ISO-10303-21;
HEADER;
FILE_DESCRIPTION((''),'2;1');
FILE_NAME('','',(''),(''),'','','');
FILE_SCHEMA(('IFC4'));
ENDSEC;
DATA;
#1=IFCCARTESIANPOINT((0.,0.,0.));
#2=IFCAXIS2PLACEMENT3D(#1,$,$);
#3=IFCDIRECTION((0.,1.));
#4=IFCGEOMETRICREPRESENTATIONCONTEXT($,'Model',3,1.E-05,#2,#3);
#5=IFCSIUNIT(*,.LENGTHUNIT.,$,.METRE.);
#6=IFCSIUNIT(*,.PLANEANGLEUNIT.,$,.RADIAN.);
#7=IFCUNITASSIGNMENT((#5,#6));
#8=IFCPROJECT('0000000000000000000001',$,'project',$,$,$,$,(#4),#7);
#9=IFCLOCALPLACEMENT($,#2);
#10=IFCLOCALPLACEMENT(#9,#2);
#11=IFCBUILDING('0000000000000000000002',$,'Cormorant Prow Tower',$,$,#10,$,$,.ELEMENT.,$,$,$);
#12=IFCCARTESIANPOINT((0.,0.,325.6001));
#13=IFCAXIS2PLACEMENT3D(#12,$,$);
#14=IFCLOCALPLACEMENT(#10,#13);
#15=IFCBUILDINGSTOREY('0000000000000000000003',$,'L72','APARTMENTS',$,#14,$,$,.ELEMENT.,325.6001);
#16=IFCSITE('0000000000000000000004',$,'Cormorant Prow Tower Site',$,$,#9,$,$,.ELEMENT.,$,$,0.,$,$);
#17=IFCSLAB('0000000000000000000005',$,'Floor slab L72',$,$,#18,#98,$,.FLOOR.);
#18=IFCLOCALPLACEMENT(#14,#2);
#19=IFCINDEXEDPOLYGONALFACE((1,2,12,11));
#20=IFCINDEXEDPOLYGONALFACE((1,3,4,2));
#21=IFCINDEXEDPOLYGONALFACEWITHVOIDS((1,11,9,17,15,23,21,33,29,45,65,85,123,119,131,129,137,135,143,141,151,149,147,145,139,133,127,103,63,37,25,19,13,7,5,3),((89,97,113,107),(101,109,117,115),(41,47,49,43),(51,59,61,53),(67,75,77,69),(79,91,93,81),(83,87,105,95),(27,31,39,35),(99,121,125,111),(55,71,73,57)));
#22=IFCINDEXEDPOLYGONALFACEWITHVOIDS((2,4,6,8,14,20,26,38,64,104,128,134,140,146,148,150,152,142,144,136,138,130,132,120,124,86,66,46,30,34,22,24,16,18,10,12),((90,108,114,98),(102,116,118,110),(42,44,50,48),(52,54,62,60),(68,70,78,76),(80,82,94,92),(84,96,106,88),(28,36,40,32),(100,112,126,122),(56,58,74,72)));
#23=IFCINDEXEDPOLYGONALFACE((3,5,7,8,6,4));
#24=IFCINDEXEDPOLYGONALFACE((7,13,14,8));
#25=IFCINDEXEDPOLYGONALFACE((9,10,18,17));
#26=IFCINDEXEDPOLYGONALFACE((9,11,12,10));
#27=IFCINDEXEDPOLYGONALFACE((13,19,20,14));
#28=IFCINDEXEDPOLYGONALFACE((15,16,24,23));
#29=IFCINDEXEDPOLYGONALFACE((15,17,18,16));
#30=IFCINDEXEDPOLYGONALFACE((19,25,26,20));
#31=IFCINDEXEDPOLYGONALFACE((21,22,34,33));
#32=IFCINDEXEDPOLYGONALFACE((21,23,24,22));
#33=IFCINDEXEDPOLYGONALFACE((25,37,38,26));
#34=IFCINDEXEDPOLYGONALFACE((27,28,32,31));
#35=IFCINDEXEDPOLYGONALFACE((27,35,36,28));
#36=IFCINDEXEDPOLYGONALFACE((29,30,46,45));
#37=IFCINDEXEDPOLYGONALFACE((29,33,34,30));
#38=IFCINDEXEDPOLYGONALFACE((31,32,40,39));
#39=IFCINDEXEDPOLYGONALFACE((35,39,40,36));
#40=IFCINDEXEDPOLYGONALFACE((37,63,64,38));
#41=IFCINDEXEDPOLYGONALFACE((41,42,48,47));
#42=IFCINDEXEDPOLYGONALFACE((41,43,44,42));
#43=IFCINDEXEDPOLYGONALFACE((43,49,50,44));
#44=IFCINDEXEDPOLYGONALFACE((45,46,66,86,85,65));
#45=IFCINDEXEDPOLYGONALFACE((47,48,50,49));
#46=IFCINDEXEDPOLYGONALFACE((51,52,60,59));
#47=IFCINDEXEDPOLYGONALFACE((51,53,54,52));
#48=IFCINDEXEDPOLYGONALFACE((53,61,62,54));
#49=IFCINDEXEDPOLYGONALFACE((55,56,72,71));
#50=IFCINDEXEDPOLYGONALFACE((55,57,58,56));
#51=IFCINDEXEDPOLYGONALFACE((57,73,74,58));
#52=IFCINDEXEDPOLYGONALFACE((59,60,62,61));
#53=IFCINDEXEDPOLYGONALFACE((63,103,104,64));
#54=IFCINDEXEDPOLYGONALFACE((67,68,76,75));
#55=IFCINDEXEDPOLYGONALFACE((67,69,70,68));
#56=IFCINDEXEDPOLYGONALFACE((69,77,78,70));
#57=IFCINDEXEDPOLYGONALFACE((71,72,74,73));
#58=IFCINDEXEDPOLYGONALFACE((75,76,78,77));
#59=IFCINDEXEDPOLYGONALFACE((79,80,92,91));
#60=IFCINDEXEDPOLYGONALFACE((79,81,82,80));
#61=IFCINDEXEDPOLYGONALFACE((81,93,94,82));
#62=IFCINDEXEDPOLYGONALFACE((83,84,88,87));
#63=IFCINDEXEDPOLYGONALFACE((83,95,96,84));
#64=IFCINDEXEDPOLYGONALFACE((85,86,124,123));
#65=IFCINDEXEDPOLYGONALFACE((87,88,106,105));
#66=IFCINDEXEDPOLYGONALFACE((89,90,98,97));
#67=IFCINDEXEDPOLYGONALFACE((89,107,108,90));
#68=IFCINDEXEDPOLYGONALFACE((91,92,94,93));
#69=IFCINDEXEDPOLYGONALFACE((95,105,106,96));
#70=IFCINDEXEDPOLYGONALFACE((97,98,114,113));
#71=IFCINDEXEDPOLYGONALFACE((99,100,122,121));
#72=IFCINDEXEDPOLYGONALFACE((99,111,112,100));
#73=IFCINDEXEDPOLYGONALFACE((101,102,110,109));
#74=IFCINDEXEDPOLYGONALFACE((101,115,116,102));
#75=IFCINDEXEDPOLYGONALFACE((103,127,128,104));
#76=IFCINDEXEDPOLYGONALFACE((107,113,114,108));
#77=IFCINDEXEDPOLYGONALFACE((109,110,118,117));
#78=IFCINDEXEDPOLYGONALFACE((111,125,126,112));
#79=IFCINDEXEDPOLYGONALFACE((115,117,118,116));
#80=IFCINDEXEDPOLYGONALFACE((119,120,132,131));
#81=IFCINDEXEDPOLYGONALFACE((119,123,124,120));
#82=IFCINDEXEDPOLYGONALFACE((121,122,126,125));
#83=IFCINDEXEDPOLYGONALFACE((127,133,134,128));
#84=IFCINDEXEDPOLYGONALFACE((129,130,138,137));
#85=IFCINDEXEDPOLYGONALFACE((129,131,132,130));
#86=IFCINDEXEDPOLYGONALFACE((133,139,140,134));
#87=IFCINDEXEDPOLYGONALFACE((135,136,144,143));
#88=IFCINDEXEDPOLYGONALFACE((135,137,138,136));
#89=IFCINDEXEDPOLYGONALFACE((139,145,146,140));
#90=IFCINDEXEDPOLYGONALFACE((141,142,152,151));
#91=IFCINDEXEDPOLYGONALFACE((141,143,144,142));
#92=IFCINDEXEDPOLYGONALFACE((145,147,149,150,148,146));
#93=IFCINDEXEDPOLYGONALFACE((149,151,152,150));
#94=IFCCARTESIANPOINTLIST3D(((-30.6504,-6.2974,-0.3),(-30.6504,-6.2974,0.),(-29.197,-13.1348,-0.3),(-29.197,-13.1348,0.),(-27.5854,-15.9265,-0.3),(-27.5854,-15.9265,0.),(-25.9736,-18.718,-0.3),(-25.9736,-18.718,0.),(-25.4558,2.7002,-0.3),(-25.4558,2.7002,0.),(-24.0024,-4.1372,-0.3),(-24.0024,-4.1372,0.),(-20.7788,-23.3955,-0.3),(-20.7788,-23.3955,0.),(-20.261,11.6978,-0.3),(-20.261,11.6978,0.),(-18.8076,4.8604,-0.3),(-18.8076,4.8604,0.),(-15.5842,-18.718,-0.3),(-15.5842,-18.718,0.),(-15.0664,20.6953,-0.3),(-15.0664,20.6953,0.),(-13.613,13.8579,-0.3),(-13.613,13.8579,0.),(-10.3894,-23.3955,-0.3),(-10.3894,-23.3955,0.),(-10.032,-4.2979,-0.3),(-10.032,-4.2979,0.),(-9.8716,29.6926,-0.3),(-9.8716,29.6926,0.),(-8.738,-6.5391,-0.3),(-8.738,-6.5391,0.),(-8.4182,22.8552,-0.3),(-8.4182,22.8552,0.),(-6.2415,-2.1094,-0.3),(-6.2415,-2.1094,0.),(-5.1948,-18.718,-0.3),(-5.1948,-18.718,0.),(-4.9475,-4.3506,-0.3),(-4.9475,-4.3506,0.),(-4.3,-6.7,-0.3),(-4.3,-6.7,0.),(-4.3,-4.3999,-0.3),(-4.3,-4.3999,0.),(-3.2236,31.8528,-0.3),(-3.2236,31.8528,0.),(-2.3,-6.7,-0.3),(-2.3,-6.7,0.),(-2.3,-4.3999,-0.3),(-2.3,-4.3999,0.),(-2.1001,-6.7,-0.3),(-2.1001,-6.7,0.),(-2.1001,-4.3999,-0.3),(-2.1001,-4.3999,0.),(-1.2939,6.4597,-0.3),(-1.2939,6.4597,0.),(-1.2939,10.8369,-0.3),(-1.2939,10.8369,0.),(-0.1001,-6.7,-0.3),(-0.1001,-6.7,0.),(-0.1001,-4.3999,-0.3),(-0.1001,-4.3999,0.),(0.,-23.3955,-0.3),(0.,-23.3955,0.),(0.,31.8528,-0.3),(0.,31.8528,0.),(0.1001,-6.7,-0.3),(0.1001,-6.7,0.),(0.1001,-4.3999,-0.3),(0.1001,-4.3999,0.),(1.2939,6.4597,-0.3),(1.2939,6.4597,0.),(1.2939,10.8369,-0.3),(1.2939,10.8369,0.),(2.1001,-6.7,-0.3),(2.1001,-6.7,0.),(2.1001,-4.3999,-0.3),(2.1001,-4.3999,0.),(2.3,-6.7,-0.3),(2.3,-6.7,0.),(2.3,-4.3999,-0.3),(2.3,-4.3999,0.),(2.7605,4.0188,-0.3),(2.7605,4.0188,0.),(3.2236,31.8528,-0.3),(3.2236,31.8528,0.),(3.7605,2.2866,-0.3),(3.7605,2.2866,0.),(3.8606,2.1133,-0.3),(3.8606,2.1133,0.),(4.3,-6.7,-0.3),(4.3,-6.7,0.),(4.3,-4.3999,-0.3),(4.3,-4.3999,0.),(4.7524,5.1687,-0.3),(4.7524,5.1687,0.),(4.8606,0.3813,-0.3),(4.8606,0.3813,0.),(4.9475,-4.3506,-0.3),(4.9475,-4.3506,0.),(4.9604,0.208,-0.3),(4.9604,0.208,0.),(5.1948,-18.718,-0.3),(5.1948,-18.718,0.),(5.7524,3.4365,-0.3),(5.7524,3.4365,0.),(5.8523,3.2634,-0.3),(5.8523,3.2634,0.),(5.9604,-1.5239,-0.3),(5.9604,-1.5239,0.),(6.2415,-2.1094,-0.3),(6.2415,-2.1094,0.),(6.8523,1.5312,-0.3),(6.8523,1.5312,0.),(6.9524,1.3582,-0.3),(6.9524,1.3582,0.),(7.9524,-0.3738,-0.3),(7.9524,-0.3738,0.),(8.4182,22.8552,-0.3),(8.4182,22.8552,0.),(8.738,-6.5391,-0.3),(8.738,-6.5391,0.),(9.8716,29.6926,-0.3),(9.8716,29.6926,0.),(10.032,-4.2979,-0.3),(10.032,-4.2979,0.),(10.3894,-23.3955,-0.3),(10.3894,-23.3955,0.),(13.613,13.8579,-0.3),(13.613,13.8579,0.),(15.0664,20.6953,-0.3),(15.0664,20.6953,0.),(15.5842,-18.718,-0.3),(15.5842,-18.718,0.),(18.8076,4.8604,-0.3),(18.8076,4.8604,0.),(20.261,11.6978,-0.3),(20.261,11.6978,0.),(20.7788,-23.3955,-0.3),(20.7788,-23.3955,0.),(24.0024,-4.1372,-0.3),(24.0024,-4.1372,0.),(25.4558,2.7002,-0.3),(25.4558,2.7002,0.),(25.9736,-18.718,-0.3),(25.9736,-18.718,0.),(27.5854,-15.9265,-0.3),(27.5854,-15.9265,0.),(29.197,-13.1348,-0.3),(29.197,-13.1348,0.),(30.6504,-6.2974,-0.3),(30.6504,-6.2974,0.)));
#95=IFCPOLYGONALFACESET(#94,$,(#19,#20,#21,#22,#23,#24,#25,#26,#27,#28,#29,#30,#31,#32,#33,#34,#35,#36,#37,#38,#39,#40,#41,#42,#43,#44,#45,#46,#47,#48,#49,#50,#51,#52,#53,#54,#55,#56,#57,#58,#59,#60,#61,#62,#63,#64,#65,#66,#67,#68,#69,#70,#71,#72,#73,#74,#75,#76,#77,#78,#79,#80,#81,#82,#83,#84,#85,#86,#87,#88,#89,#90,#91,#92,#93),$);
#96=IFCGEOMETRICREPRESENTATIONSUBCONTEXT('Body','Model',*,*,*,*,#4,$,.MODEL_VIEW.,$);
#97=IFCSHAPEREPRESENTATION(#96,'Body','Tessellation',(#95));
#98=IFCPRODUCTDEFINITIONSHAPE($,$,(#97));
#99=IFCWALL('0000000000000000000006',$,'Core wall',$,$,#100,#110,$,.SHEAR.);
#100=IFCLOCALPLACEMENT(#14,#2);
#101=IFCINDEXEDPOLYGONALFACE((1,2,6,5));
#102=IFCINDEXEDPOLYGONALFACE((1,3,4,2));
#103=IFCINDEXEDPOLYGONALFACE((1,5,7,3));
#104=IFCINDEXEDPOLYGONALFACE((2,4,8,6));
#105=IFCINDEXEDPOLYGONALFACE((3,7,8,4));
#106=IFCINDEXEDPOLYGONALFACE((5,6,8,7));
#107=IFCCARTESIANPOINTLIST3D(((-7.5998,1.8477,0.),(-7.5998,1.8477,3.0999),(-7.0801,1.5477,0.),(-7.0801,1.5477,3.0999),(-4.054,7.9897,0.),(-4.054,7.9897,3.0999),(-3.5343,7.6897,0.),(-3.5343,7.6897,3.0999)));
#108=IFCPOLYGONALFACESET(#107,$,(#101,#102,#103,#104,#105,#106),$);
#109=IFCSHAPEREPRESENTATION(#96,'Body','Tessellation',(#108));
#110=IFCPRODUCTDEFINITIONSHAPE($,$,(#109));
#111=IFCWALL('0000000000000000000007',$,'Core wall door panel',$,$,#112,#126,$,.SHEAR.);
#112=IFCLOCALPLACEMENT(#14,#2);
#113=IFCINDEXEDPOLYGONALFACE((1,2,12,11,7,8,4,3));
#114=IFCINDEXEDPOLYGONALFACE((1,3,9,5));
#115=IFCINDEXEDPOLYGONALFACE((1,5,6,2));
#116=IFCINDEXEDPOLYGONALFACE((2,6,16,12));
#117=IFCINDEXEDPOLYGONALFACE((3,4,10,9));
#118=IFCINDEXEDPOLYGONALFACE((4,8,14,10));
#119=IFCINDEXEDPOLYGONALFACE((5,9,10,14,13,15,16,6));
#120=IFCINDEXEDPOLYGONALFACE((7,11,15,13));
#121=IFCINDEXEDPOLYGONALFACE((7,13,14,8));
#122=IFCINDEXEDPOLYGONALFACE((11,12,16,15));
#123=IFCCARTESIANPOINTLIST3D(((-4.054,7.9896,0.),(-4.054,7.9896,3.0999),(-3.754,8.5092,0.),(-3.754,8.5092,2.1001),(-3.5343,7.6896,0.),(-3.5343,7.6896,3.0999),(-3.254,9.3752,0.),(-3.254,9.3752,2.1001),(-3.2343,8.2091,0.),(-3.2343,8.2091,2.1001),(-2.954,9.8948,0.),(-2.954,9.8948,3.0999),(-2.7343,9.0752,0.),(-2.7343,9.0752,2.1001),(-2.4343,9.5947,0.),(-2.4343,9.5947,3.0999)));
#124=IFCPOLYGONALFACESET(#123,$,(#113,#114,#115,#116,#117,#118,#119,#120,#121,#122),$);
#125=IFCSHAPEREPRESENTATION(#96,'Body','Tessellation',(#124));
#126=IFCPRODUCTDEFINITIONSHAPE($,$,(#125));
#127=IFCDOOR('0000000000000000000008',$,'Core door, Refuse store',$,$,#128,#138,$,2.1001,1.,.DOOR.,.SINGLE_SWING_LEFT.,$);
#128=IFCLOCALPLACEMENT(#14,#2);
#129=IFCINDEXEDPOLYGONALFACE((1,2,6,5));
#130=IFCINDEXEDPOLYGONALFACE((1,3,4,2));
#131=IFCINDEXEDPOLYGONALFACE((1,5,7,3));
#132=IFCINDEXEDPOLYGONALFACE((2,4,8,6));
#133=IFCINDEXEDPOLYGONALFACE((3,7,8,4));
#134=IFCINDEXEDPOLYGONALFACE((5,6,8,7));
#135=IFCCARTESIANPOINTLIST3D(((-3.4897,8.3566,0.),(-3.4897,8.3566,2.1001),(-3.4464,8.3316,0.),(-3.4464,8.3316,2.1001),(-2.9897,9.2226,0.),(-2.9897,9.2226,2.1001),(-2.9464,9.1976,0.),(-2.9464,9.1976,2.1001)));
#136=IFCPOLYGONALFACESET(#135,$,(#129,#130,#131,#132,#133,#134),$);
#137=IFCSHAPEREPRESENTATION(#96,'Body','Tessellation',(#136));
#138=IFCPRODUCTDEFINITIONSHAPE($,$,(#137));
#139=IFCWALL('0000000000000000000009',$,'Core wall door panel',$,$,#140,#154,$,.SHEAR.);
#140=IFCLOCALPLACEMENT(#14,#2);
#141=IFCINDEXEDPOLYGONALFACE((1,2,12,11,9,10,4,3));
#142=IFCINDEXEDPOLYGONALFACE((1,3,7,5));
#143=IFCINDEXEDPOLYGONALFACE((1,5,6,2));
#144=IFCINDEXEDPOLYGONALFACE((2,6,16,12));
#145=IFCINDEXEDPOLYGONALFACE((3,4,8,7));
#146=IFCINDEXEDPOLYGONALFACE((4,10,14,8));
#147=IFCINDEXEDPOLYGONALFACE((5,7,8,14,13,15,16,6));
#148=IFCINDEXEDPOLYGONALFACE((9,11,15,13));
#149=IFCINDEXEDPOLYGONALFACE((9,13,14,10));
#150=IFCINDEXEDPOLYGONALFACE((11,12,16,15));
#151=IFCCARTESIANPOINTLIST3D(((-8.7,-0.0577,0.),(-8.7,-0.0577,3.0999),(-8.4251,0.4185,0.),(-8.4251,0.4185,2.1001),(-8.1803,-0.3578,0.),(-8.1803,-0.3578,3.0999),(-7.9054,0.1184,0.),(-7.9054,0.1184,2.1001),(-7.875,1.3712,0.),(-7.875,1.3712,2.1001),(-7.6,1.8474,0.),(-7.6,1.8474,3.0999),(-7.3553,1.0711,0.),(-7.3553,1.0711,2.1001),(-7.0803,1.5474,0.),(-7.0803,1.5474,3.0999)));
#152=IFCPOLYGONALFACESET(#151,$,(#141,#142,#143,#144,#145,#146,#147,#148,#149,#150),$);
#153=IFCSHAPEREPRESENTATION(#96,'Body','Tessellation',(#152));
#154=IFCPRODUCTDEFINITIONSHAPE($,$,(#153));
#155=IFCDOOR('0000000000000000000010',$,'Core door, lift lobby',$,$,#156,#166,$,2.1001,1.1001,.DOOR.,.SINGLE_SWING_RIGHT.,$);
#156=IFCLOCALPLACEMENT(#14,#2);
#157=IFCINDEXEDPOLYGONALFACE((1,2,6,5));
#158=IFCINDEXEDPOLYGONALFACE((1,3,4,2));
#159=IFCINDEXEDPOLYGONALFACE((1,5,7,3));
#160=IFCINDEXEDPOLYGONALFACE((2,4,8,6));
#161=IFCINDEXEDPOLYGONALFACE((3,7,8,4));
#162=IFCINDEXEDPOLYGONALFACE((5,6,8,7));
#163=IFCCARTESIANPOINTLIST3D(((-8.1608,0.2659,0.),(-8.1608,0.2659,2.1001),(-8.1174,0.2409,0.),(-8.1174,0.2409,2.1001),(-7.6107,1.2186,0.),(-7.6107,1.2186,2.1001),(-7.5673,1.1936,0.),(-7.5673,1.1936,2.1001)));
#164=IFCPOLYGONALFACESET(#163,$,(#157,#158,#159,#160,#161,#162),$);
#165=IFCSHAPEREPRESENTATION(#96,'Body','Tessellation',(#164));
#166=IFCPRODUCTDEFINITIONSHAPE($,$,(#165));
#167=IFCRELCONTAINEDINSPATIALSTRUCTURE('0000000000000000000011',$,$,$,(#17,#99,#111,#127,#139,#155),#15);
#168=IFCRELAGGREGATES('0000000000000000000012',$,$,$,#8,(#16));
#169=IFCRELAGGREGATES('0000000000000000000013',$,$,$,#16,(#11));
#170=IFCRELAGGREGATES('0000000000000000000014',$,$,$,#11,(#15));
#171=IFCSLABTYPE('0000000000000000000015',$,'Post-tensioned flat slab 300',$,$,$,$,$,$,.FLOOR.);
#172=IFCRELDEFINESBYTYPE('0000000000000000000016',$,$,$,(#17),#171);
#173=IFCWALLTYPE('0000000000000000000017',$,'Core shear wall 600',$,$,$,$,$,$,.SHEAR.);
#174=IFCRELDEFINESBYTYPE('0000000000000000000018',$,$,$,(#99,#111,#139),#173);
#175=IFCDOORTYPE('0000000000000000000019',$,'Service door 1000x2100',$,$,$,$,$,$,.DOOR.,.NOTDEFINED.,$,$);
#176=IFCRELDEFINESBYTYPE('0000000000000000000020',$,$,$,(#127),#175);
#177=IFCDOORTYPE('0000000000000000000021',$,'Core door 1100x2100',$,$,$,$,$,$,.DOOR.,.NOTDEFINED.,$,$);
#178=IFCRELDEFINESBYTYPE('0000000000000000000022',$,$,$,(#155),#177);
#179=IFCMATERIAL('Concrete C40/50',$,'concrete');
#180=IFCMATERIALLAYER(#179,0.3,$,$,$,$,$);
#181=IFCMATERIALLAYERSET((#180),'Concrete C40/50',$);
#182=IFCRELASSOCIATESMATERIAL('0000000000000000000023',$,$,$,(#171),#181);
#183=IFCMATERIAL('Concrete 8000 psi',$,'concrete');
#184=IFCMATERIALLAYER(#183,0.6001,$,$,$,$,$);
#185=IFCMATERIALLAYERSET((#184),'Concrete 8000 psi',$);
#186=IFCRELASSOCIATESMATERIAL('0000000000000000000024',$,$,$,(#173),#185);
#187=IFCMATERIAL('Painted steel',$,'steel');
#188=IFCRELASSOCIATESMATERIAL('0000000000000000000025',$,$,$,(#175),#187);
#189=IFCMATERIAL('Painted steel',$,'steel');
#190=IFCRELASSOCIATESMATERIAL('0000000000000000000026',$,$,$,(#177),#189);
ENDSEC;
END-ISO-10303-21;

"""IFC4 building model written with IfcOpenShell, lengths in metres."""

from ifc_helpers import new_model, si_unit, direction, frame, frame_2d, origin, place, context, subcontext, project, spatial, polyline, rectangle, outline, extrude, material, layer, layer_set, type_object, element, fill, save


model = new_model("IFC4")

# Units and contexts
model_context = context("Model", 3, precision=1e-05, world=origin(), true_north=direction((0.0, 1.0)))
body_context = subcontext(model_context, "Body", "Model", "MODEL_VIEW")
ifc_project = project(units=[si_unit("LENGTHUNIT", "METRE"), si_unit("PLANEANGLEUNIT", "RADIAN")], contexts=[model_context])

# Site, building, storey
site_placement = place(None, origin())
site = spatial("IfcSite", under=ifc_project, at=site_placement, Name="Cormorant Prow Tower Site", CompositionType="ELEMENT", RefElevation=0.0)
building_placement = place(site_placement, origin())
building = spatial("IfcBuilding", under=site, at=building_placement, Name="Cormorant Prow Tower", CompositionType="ELEMENT")
storey_placement = place(building_placement, frame((0.0, 0.0, 325.6001)))
storey = spatial("IfcBuildingStorey", under=building, at=storey_placement, Name="L72", Description="APARTMENTS", CompositionType="ELEMENT", Elevation=325.6001)

# Slab
ifc_material_1 = material(Name="Concrete C40/50", Category="concrete")
ifc_layer_1 = layer(ifc_material_1, 0.3)
ifc_layer_set_1 = layer_set([ifc_layer_1], Name="Concrete C40/50")
slab_type_1 = type_object("IfcSlabType", Name="Post-tensioned flat slab 300", PredefinedType="FLOOR", material=ifc_layer_set_1)
slab_1_placement = place(storey_placement, frame((0.0, 0.0, -0.3)))
element("IfcSlab", 1, at=slab_1_placement, inside=storey, type_object=slab_type_1, Name="Floor slab L72", PredefinedType="FLOOR", context=body_context, shape_type="SweptSolid", body=[
    extrude(outline(polyline([(-8.4182, 22.8552), (-15.0664, 20.6953), (-13.613, 13.8579), (-20.261, 11.6978), (-18.8076, 4.8604), (-25.4558, 2.7002), (-24.0024, -4.1372), (-30.6504, -6.2974), (-29.197, -13.1348), (-27.5854, -15.9265), (-25.9736, -18.718), (-20.7788, -23.3955), (-15.5842, -18.718), (-10.3894, -23.3955), (-5.1948, -18.718), (0.0, -23.3955), (5.1948, -18.718), (10.3894, -23.3955), (15.5842, -18.718), (20.7788, -23.3955), (25.9736, -18.718), (27.5854, -15.9265), (29.197, -13.1348), (30.6504, -6.2974), (24.0024, -4.1372), (25.4558, 2.7002), (18.8076, 4.8604), (20.261, 11.6978), (13.613, 13.8579), (15.0664, 20.6953), (8.4182, 22.8552), (9.8716, 29.6926), (3.2236, 31.8528), (0.0, 31.8528), (-3.2236, 31.8528), (-9.8716, 29.6926), (-8.4182, 22.8552)]), holes=[polyline([(-4.3, -4.3999), (-2.3, -4.3999), (-2.3, -6.7), (-4.3, -6.7), (-4.3, -4.3999)]), polyline([(-0.1001, -4.3999), (-0.1001, -6.7), (-2.1001, -6.7), (-2.1001, -4.3999), (-0.1001, -4.3999)]), polyline([(2.1001, -6.7), (0.1001, -6.7), (0.1001, -4.3999), (2.1001, -4.3999), (2.1001, -6.7)]), polyline([(2.3, -6.7), (2.3, -4.3999), (4.3, -4.3999), (4.3, -6.7), (2.3, -6.7)]), polyline([(5.9604, -1.5239), (4.9604, 0.208), (6.9524, 1.3582), (7.9524, -0.3738), (5.9604, -1.5239)]), polyline([(3.8606, 2.1133), (5.8523, 3.2634), (6.8523, 1.5312), (4.8606, 0.3813), (3.8606, 2.1133)]), polyline([(4.7524, 5.1687), (5.7524, 3.4365), (3.7605, 2.2866), (2.7605, 4.0188), (4.7524, 5.1687)]), polyline([(-4.9475, -4.3506), (-8.738, -6.5391), (-10.032, -4.2979), (-6.2415, -2.1094), (-4.9475, -4.3506)]), polyline([(10.032, -4.2979), (8.738, -6.5391), (4.9475, -4.3506), (6.2415, -2.1094), (10.032, -4.2979)]), polyline([(1.2939, 10.8369), (1.2939, 6.4597), (-1.2939, 6.4597), (-1.2939, 10.8369), (1.2939, 10.8369)])]), origin(), (0.0, 0.0, 1.0), 0.3),
])

# Wall
ifc_material_2 = material(Name="Concrete 8000 psi", Category="concrete")
ifc_layer_2 = layer(ifc_material_2, 0.6001)
ifc_layer_set_2 = layer_set([ifc_layer_2], Name="Concrete 8000 psi")
wall_type_1 = type_object("IfcWallType", Name="Core shear wall 600", PredefinedType="SHEAR", material=ifc_layer_set_2)
wall_1_placement = place(storey_placement, frame((-3.7942, 7.8396, 0.0), z_axis=(0.0, 0.0, 1.0), x_axis=(-0.499975, -0.86604, 0.0)))
element("IfcWall", 2, at=wall_1_placement, inside=storey, type_object=wall_type_1, Name="Core wall", PredefinedType="SHEAR", context=body_context, shape_type="SweptSolid", body=[
    extrude(rectangle(XDim=7.092, YDim=0.6001, at=frame_2d((3.5459, 0.0))), origin(), (0.0, 0.0, 1.0), 3.0999),
])

# Walls, openings, doors
wall_2_placement = place(storey_placement, frame((-2.6941, 9.7449, 0.0), z_axis=(0.0, 0.0, 1.0), x_axis=(-0.50003, -0.866008, 0.0)))
wall_2 = element("IfcWall", 3, at=wall_2_placement, inside=storey, type_object=wall_type_1, Name="Core wall door panel", PredefinedType="SHEAR", context=body_context, shape_type="SweptSolid", body=[
    extrude(rectangle(XDim=2.2, YDim=0.6001, at=frame_2d((1.1001, 0.0))), origin(), (0.0, 0.0, 1.0), 3.0999),
])
opening_1_placement = place(wall_2_placement, frame((0.6001, 0.0, 0.0)))
opening_1 = element("IfcOpeningElement", 4, at=opening_1_placement, cuts=wall_2, PredefinedType="OPENING", context=body_context, shape_type="SweptSolid", body=[
    extrude(rectangle(XDim=1.0, YDim=2.1001, at=frame_2d((0.5, 1.05))), frame((0.0, 0.3101, 0.0), z_axis=(0.0, -1.0, 0.0), x_axis=(1.0, 0.0, 0.0)), (0.0, 0.0, 1.0), 0.6201),
])
ifc_material_3 = material(Name="Painted steel", Category="steel")
door_type_1 = type_object("IfcDoorType", Name="Service door 1000x2100", OperationType="NOTDEFINED", PredefinedType="DOOR", material=ifc_material_3)
door_1_placement = place(opening_1_placement, origin())
door_1 = element("IfcDoor", 5, at=door_1_placement, inside=storey, type_object=door_type_1, Name="Core door, Refuse store", OperationType="SINGLE_SWING_LEFT", OverallHeight=2.1001, OverallWidth=1.0, PredefinedType="DOOR", context=body_context, shape_type="SweptSolid", body=[
    extrude(rectangle(XDim=1.0, YDim=2.1001, at=frame_2d((0.5, 1.05))), frame((0.0, 0.0552, 0.0), z_axis=(0.0, -1.0, 0.0), x_axis=(1.0, 0.0, 0.0)), (0.0, 0.0, 1.0), 0.05),
])
fill(opening_1, door_1)
wall_3_placement = place(storey_placement, frame((-7.3401, 1.6975, 0.0), z_axis=(0.0, 0.0, 1.0), x_axis=(-0.50003, -0.866008, 0.0)))
wall_3 = element("IfcWall", 6, at=wall_3_placement, inside=storey, type_object=wall_type_1, Name="Core wall door panel", PredefinedType="SHEAR", context=body_context, shape_type="SweptSolid", body=[
    extrude(rectangle(XDim=2.2, YDim=0.6001, at=frame_2d((1.1001, 0.0))), origin(), (0.0, 0.0, 1.0), 3.0999),
])
opening_2_placement = place(wall_3_placement, frame((0.55, 0.0, 0.0)))
opening_2 = element("IfcOpeningElement", 7, at=opening_2_placement, cuts=wall_3, PredefinedType="OPENING", context=body_context, shape_type="SweptSolid", body=[
    extrude(rectangle(XDim=1.1001, YDim=2.1001, at=frame_2d((0.55, 1.05))), frame((0.0, 0.3101, 0.0), z_axis=(0.0, -1.0, 0.0), x_axis=(1.0, 0.0, 0.0)), (0.0, 0.0, 1.0), 0.6201),
])
ifc_material_4 = material(Name="Painted steel", Category="steel")
door_type_2 = type_object("IfcDoorType", Name="Core door 1100x2100", OperationType="NOTDEFINED", PredefinedType="DOOR", material=ifc_material_4)
door_2_placement = place(opening_2_placement, origin())
door_2 = element("IfcDoor", 8, at=door_2_placement, inside=storey, type_object=door_type_2, Name="Core door, lift lobby", OperationType="SINGLE_SWING_RIGHT", OverallHeight=2.1001, OverallWidth=1.1001, PredefinedType="DOOR", context=body_context, shape_type="SweptSolid", body=[
    extrude(rectangle(XDim=1.1001, YDim=2.1001, at=frame_2d((0.55, 1.05))), frame((0.0, 0.0552, 0.0), z_axis=(0.0, -1.0, 0.0), x_axis=(1.0, 0.0, 0.0)), (0.0, 0.0, 1.0), 0.05),
])
fill(opening_2, door_2)

save(model, "model.ifc")
